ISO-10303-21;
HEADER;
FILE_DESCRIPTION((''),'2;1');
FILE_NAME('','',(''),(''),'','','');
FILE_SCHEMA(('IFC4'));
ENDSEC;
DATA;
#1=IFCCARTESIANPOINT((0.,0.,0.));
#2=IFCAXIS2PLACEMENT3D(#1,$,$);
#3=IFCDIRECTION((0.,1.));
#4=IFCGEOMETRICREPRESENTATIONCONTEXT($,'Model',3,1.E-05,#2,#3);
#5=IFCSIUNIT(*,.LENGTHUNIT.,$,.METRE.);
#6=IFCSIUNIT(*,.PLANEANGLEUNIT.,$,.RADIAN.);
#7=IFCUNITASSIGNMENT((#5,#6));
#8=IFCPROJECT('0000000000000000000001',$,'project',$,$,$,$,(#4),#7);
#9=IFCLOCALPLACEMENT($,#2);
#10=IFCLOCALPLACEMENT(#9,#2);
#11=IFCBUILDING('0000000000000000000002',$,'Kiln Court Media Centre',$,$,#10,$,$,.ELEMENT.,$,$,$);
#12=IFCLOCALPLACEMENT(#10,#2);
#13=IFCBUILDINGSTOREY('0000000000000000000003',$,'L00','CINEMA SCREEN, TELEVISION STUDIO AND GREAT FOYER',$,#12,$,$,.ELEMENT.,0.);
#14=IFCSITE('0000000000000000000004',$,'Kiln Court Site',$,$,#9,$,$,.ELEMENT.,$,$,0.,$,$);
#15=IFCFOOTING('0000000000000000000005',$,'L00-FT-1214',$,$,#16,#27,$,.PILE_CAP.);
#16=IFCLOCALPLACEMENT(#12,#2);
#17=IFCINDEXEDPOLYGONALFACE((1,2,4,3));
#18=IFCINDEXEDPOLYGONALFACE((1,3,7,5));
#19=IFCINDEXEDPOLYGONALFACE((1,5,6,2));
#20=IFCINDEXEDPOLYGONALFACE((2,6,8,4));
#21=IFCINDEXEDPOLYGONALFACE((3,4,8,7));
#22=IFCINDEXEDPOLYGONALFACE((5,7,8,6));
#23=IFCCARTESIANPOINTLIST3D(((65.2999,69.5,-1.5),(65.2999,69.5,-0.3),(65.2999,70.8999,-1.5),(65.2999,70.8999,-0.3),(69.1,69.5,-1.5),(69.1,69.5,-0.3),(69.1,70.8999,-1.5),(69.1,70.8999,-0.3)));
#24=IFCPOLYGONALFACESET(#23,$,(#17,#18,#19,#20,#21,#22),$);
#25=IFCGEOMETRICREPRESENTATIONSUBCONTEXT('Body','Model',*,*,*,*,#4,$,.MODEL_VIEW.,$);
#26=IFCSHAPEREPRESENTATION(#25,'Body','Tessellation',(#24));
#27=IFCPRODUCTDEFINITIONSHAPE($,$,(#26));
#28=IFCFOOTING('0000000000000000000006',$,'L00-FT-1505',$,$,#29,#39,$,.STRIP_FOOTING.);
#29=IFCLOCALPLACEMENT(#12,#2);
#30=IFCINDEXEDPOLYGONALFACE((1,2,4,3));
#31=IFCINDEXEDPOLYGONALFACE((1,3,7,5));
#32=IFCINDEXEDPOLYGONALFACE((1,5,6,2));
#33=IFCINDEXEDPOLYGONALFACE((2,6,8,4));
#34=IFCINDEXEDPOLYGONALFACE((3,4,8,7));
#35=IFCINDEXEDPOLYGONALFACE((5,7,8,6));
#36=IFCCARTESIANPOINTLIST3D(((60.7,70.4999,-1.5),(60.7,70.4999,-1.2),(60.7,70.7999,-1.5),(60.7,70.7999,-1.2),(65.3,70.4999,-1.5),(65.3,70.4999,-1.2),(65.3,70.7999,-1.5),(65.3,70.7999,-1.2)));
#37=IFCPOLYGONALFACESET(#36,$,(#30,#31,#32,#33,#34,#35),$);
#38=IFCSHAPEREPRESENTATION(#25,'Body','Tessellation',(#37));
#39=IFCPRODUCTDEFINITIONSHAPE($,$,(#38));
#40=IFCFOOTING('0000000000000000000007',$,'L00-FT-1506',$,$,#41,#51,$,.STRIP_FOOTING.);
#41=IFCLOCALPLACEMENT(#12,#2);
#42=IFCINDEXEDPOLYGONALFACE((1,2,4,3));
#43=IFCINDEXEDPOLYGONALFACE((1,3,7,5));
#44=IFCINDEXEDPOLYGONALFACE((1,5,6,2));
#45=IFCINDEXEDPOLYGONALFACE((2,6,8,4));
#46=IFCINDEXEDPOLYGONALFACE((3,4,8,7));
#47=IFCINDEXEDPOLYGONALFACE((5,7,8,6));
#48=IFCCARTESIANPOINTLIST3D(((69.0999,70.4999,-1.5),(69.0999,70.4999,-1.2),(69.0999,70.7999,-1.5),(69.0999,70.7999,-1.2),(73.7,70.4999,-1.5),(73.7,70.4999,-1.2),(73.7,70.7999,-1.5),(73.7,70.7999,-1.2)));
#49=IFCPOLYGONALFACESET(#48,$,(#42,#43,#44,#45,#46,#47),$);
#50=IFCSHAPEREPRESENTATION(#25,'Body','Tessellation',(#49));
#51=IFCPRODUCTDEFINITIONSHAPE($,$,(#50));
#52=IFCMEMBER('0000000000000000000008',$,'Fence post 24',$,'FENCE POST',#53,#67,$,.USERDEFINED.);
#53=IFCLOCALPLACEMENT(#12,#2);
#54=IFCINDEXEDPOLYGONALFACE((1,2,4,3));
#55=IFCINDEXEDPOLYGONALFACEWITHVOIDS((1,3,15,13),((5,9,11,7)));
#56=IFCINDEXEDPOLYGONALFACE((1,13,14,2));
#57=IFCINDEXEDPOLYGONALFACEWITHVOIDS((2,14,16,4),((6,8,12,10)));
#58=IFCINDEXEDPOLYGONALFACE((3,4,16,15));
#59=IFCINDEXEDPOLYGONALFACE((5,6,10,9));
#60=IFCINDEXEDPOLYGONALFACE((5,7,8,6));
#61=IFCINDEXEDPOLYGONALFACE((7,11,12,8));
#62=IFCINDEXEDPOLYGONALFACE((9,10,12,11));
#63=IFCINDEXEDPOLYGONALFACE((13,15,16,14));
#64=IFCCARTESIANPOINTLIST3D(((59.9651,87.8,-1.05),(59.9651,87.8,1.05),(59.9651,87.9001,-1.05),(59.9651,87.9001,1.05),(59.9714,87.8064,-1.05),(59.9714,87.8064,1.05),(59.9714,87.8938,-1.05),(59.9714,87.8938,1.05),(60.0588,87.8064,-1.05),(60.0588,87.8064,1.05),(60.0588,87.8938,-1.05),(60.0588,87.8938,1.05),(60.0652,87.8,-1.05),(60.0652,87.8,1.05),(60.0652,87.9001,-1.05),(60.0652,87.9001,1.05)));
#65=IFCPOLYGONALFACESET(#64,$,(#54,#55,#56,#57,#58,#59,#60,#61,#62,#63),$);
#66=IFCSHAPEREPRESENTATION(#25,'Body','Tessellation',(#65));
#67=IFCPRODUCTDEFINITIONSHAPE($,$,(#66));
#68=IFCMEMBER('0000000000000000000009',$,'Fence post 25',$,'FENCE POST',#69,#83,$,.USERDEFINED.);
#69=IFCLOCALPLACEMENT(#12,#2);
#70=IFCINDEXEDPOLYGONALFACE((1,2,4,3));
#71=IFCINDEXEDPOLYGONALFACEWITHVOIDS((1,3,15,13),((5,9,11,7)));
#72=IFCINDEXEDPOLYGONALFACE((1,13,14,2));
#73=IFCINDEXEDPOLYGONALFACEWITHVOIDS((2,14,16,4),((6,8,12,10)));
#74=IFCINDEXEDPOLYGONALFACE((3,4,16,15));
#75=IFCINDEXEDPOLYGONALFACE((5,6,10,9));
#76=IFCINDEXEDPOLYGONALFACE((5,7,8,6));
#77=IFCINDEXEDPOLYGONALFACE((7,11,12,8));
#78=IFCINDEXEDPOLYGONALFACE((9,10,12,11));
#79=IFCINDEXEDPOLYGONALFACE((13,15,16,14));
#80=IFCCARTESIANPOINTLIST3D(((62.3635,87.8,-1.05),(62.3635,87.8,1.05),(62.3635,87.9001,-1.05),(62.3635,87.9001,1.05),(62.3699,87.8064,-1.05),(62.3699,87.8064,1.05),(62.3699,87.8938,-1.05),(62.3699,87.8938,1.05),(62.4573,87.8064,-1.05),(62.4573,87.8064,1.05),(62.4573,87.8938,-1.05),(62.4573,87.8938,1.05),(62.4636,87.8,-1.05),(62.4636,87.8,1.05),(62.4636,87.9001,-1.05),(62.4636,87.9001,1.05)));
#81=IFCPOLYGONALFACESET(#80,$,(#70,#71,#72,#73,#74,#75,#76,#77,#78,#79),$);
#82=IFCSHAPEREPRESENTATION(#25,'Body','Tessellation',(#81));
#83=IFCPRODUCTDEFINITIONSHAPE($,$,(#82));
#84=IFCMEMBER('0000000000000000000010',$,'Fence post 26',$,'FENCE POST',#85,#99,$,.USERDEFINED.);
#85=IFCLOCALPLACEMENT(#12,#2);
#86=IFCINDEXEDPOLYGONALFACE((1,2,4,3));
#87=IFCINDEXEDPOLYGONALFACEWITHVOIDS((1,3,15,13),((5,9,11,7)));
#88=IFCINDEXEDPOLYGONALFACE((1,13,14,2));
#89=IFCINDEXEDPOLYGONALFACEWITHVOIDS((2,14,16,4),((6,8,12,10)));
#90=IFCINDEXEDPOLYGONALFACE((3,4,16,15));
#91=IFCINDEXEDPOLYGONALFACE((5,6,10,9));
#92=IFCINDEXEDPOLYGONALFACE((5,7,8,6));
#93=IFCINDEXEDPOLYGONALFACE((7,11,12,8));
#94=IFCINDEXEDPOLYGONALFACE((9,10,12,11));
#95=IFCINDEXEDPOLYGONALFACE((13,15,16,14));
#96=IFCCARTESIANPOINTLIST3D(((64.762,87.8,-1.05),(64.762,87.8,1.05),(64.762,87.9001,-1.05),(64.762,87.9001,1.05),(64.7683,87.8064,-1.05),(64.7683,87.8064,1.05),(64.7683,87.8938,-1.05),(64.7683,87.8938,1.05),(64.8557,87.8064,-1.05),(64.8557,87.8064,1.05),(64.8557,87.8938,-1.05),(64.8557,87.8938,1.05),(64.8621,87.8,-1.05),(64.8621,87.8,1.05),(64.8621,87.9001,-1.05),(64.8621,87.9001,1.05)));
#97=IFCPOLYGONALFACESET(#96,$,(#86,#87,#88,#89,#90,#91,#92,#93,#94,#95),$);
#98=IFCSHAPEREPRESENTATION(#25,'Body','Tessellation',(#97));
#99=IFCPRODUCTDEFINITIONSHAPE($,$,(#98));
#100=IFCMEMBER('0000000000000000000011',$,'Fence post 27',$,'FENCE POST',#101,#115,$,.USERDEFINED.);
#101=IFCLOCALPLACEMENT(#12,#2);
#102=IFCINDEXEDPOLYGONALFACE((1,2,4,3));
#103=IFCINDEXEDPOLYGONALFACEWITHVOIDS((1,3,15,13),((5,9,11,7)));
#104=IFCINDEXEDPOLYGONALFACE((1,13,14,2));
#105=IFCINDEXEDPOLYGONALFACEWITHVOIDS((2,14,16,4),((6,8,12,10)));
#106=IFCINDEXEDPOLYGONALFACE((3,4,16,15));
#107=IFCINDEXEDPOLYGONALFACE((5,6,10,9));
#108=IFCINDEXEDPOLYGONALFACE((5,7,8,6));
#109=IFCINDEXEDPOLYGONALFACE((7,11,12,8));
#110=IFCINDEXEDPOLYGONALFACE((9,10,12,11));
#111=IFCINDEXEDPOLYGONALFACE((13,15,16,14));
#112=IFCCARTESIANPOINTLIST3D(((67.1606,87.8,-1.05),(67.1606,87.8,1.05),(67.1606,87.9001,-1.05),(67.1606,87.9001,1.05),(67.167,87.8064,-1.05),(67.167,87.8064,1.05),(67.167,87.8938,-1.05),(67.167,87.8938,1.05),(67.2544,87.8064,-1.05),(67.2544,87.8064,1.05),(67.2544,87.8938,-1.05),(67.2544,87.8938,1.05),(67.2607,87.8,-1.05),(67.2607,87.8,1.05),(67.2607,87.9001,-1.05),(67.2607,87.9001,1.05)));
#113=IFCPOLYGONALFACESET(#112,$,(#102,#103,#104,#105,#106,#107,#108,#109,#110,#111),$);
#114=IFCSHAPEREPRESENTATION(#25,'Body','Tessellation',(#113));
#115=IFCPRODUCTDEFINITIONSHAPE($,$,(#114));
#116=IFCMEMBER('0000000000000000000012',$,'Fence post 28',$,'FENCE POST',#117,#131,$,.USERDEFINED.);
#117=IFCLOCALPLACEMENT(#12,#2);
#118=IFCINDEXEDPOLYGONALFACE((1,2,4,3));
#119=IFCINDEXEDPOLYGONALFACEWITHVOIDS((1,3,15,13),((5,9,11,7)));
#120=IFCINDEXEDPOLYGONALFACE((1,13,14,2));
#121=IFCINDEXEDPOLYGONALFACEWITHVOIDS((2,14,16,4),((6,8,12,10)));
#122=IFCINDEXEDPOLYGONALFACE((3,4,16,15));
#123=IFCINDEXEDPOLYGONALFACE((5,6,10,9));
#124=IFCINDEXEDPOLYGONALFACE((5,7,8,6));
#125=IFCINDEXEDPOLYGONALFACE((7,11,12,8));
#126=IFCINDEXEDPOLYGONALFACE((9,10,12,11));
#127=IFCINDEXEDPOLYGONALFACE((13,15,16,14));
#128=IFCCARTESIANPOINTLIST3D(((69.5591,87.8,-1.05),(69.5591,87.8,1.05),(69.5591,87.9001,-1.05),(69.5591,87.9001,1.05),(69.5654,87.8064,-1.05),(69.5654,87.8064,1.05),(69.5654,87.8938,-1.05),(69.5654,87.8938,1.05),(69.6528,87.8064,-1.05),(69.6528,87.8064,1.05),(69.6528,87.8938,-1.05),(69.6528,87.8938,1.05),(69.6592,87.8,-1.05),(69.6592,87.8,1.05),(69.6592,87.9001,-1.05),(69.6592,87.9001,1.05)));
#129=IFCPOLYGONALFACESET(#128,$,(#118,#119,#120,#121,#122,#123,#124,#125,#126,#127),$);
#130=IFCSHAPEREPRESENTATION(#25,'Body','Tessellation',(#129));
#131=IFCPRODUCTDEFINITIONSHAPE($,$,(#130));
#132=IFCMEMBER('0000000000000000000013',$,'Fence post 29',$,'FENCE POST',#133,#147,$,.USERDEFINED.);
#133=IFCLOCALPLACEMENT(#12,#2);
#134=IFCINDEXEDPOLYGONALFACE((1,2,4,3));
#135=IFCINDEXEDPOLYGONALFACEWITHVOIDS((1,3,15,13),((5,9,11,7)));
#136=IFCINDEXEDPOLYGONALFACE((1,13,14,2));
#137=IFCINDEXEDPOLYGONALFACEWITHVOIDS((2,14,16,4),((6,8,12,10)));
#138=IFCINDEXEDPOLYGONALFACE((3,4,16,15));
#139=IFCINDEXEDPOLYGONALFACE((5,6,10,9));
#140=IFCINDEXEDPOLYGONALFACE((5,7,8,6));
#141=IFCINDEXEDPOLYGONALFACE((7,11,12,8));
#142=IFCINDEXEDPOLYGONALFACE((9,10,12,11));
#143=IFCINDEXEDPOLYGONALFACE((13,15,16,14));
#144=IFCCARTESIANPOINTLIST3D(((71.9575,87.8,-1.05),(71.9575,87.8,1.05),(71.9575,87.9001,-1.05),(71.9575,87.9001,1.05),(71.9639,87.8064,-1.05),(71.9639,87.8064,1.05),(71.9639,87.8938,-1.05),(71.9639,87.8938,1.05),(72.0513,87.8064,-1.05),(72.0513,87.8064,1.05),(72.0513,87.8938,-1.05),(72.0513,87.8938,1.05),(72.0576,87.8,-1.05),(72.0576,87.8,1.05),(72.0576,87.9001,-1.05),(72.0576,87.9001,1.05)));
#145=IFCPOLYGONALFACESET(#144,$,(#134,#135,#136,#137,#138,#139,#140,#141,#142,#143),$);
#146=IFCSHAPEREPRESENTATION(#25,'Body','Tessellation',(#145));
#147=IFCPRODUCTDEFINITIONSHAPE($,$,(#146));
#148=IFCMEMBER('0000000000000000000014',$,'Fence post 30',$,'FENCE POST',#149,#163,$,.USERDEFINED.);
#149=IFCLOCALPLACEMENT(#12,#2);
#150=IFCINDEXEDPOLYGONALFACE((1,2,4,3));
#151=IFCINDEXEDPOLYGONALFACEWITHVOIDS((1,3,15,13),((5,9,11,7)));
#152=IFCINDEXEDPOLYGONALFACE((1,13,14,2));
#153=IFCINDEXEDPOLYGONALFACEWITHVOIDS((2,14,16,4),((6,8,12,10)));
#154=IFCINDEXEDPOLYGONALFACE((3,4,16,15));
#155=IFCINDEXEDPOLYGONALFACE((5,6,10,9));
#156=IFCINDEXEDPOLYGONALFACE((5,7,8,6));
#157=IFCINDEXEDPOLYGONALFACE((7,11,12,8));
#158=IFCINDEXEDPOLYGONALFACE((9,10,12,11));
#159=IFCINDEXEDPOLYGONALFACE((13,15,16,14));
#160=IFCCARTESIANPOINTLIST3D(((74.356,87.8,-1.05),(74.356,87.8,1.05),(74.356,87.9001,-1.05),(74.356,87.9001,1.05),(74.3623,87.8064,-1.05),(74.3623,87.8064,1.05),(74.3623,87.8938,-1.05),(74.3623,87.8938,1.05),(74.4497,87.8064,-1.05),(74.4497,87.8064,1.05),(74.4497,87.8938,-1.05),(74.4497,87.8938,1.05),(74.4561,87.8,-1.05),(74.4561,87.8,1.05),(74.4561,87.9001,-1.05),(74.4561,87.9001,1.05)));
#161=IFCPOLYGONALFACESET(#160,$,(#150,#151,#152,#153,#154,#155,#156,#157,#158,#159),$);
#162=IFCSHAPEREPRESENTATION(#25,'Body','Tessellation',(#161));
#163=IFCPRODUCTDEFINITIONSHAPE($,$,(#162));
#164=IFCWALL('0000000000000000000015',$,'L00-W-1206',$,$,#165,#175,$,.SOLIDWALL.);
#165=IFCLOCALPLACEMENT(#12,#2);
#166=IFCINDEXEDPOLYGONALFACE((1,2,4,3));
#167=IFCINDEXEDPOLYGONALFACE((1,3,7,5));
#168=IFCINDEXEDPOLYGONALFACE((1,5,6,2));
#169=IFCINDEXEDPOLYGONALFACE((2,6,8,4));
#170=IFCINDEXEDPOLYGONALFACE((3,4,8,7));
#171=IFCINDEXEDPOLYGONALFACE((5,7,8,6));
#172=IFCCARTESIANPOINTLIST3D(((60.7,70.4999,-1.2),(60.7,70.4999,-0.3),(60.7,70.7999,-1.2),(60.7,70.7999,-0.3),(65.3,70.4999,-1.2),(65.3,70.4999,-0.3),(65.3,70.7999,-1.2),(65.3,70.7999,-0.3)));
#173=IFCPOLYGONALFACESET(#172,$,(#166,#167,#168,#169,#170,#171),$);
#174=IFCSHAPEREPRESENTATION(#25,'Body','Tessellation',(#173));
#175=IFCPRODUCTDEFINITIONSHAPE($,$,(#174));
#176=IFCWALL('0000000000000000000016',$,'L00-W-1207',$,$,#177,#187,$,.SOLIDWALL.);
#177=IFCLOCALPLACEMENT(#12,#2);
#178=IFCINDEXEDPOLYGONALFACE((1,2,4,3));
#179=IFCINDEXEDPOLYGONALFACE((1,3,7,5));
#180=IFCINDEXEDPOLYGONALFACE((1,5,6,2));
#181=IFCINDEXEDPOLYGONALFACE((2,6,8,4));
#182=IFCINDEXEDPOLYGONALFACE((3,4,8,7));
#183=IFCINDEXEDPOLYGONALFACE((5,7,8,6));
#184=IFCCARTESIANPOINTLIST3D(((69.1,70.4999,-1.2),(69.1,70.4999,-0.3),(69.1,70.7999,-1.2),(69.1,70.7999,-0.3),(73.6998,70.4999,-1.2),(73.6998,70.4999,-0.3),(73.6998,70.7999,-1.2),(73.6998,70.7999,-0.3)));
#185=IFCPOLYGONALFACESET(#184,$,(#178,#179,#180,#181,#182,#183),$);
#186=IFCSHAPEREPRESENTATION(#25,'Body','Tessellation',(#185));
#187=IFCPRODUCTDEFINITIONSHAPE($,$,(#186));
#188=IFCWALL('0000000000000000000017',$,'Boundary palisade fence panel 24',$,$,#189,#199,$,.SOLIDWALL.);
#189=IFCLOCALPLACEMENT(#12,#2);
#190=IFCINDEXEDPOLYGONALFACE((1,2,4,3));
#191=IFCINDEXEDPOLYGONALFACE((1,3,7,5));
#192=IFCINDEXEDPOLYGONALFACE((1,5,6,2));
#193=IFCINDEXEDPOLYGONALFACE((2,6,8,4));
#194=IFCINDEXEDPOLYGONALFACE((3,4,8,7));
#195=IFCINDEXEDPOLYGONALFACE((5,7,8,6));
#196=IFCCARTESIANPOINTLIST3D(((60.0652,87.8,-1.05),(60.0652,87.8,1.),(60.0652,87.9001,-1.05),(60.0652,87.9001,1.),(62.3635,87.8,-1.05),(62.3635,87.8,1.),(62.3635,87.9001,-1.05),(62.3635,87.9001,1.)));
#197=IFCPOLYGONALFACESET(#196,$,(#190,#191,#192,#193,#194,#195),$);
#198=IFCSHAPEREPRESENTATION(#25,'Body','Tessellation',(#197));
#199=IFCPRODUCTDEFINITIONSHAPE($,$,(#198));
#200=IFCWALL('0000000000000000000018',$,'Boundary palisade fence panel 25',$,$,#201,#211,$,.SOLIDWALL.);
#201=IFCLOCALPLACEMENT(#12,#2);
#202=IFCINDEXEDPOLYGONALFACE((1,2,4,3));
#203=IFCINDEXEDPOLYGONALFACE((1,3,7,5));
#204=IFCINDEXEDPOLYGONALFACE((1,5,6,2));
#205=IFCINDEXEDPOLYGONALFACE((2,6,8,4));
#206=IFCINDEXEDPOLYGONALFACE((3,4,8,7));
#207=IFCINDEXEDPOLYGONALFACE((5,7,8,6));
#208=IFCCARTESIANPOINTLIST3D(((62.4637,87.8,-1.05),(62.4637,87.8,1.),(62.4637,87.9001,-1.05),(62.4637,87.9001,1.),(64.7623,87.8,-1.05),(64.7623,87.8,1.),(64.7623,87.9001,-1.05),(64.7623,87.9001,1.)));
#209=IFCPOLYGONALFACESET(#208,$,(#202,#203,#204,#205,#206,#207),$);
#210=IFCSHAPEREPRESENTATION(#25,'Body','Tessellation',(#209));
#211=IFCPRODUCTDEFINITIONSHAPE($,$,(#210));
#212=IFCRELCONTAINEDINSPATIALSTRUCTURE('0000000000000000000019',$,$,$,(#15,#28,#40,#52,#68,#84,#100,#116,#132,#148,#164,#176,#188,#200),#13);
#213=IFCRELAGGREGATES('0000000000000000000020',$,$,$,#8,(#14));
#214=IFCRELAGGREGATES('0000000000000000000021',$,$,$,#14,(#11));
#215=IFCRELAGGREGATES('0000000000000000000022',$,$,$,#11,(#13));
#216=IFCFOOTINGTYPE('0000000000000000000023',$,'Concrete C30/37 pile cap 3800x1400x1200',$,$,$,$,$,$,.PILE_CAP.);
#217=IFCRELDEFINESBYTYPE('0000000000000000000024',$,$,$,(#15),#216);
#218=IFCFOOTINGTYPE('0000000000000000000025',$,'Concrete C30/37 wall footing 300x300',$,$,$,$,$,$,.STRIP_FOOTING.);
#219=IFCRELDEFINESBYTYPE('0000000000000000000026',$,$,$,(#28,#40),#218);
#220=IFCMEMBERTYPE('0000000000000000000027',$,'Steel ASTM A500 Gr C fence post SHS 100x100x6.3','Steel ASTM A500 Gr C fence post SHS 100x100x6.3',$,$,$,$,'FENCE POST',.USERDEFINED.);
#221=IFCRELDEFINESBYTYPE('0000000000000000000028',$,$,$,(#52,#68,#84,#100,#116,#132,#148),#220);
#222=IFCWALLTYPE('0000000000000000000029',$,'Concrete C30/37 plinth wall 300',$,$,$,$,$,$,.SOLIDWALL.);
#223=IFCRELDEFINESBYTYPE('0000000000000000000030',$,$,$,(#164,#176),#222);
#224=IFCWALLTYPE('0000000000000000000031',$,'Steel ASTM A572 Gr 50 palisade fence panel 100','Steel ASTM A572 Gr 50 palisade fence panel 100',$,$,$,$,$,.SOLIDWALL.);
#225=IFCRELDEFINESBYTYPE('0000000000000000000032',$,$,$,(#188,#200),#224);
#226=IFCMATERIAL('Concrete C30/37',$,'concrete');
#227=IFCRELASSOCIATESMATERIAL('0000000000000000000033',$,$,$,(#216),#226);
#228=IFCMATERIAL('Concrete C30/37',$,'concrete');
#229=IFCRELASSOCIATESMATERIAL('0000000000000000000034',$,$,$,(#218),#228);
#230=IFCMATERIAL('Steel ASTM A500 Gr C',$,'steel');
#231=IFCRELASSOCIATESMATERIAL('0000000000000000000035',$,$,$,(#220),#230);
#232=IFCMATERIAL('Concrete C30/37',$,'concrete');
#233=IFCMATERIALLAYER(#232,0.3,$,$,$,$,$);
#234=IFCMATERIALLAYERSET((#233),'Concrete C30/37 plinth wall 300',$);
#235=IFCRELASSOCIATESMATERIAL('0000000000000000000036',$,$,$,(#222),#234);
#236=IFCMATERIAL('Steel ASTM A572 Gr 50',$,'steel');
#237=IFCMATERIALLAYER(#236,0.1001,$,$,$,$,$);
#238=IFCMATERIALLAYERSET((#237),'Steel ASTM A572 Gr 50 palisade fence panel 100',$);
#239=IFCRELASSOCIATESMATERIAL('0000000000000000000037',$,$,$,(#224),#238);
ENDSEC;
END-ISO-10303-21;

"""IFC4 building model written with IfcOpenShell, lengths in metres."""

from ifc_helpers import new_model, si_unit, direction, frame, frame_2d, origin, origin_2d, place, context, subcontext, project, spatial, rectangle, hollow_rectangle, extrude, material, layer, layer_set, material_profile, profile_set, type_object, element, save


model = new_model("IFC4")

# Units and contexts
model_context = context("Model", 3, precision=1e-05, world=origin(), true_north=direction((0.0, 1.0)))
body_context = subcontext(model_context, "Body", "Model", "MODEL_VIEW")
ifc_project = project(units=[si_unit("LENGTHUNIT", "METRE"), si_unit("PLANEANGLEUNIT", "RADIAN")], contexts=[model_context])

# Site, building, storey
site_placement = place(None, origin())
site = spatial("IfcSite", under=ifc_project, at=site_placement, Name="Kiln Court Site", CompositionType="ELEMENT", RefElevation=0.0)
building_placement = place(site_placement, origin())
building = spatial("IfcBuilding", under=site, at=building_placement, Name="Kiln Court Media Centre", CompositionType="ELEMENT")
storey_placement = place(building_placement, origin())
storey = spatial("IfcBuildingStorey", under=building, at=storey_placement, Name="L00", Description="CINEMA SCREEN, TELEVISION STUDIO AND GREAT FOYER", CompositionType="ELEMENT", Elevation=0.0)

# Footings
ifc_material_1 = material(Name="Concrete C30/37", Category="concrete")
footing_type_1 = type_object("IfcFootingType", Name="Concrete C30/37 pile cap 3800x1400x1200", PredefinedType="PILE_CAP", material=ifc_material_1)
for number, where, z_axis, x_axis, name in (
    (1, (67.2, 70.2, -1.5), (0.0, 0.0, 1.0), (1.0, 0.0, 0.0), "L00-FT-1214"),
):
    element("IfcFooting", number, at=place(storey_placement, frame(where, z_axis=z_axis, x_axis=x_axis)), inside=storey, type_object=footing_type_1, Name=name, PredefinedType="PILE_CAP", context=body_context, shape_type="SweptSolid", body=[
        extrude(rectangle(XDim=3.8, YDim=1.3999, at=origin_2d()), origin(), (0.0, 0.0, 1.0), 1.2),
    ])
ifc_material_2 = material(Name="Concrete C30/37", Category="concrete")
footing_type_2 = type_object("IfcFootingType", Name="Concrete C30/37 wall footing 300x300", PredefinedType="STRIP_FOOTING", material=ifc_material_2)
for number, where, z_axis, x_axis, name in (
    (2, (63.0, 70.6499, -1.5), (0.0, 0.0, 1.0), (1.0, 0.0, 0.0), "L00-FT-1505"),
    (3, (71.3999, 70.6499, -1.5), (0.0, 0.0, 1.0), (1.0, 0.0, 0.0), "L00-FT-1506"),
):
    element("IfcFooting", number, at=place(storey_placement, frame(where, z_axis=z_axis, x_axis=x_axis)), inside=storey, type_object=footing_type_2, Name=name, PredefinedType="STRIP_FOOTING", context=body_context, shape_type="SweptSolid", body=[
        extrude(rectangle(XDim=4.6001, YDim=0.3, at=origin_2d()), origin(), (0.0, 0.0, 1.0), 0.3),
    ])

# Members
ifc_material_3 = material(Name="Steel ASTM A500 Gr C", Category="steel")
ifc_material_profile_1 = material_profile(ifc_material_3, hollow_rectangle(XDim=0.1001, YDim=0.1001, WallThickness=0.0063, at=origin_2d()), Name="SHS 100x100x6.3")
ifc_profile_set_1 = profile_set([ifc_material_profile_1], Name="Steel ASTM A500 Gr C")
member_type = type_object("IfcMemberType", Name="Steel ASTM A500 Gr C fence post SHS 100x100x6.3", Description="Steel ASTM A500 Gr C fence post SHS 100x100x6.3", ElementType="FENCE POST", PredefinedType="USERDEFINED", material=ifc_profile_set_1)
for number, where, z_axis, x_axis, name in (
    (4, (60.0151, 87.8501, -1.05), (0.0, 0.0, 1.0), (1.0, 0.0, 0.0), "Fence post 24"),
    (5, (62.4136, 87.8501, -1.05), (0.0, 0.0, 1.0), (1.0, 0.0, 0.0), "Fence post 25"),
    (6, (64.812, 87.8501, -1.05), (0.0, 0.0, 1.0), (1.0, 0.0, 0.0), "Fence post 26"),
    (7, (67.2107, 87.8501, -1.05), (0.0, 0.0, 1.0), (1.0, 0.0, 0.0), "Fence post 27"),
    (8, (69.6091, 87.8501, -1.05), (0.0, 0.0, 1.0), (1.0, 0.0, 0.0), "Fence post 28"),
    (9, (72.0076, 87.8501, -1.05), (0.0, 0.0, 1.0), (1.0, 0.0, 0.0), "Fence post 29"),
    (10, (74.406, 87.8501, -1.05), (0.0, 0.0, 1.0), (1.0, 0.0, 0.0), "Fence post 30"),
):
    element("IfcMember", number, at=place(storey_placement, frame(where, z_axis=z_axis, x_axis=x_axis)), inside=storey, type_object=member_type, Name=name, ObjectType="FENCE POST", PredefinedType="USERDEFINED", context=body_context, shape_type="SweptSolid", body=[
        extrude(hollow_rectangle(XDim=0.1001, YDim=0.1001, WallThickness=0.0063, at=origin_2d()), origin(), (0.0, 0.0, 1.0), 2.1001),
    ])

# Walls
ifc_material_4 = material(Name="Concrete C30/37", Category="concrete")
ifc_layer_1 = layer(ifc_material_4, 0.3)
ifc_layer_set_1 = layer_set([ifc_layer_1], Name="Concrete C30/37 plinth wall 300")
wall_type_1 = type_object("IfcWallType", Name="Concrete C30/37 plinth wall 300", PredefinedType="SOLIDWALL", material=ifc_layer_set_1)
wall_1_placement = place(storey_placement, frame((60.7, 70.6499, -1.2), z_axis=(0.0, 0.0, 1.0), x_axis=(1.0, 0.0, 0.0)))
element("IfcWall", 11, at=wall_1_placement, inside=storey, type_object=wall_type_1, Name="L00-W-1206", PredefinedType="SOLIDWALL", context=body_context, shape_type="SweptSolid", body=[
    extrude(rectangle(XDim=4.6001, YDim=0.3, at=frame_2d((2.3, 0.0))), origin(), (0.0, 0.0, 1.0), 0.8999),
])
wall_2_placement = place(storey_placement, frame((69.1001, 70.6499, -1.2), z_axis=(0.0, 0.0, 1.0), x_axis=(1.0, 0.0, 0.0)))
element("IfcWall", 12, at=wall_2_placement, inside=storey, type_object=wall_type_1, Name="L00-W-1207", PredefinedType="SOLIDWALL", context=body_context, shape_type="SweptSolid", body=[
    extrude(rectangle(XDim=4.5999, YDim=0.3, at=frame_2d((2.2998, 0.0))), origin(), (0.0, 0.0, 1.0), 0.8999),
])
ifc_material_5 = material(Name="Steel ASTM A572 Gr 50", Category="steel")
ifc_layer_2 = layer(ifc_material_5, 0.1001)
ifc_layer_set_2 = layer_set([ifc_layer_2], Name="Steel ASTM A572 Gr 50 palisade fence panel 100")
wall_type_2 = type_object("IfcWallType", Name="Steel ASTM A572 Gr 50 palisade fence panel 100", Description="Steel ASTM A572 Gr 50 palisade fence panel 100", PredefinedType="SOLIDWALL", material=ifc_layer_set_2)
wall_3_placement = place(storey_placement, frame((60.0652, 87.8501, -1.05), z_axis=(0.0, 0.0, 1.0), x_axis=(1.0, 0.0, 0.0)))
element("IfcWall", 13, at=wall_3_placement, inside=storey, type_object=wall_type_2, Name="Boundary palisade fence panel 24", PredefinedType="SOLIDWALL", context=body_context, shape_type="SweptSolid", body=[
    extrude(rectangle(XDim=2.2983, YDim=0.1001, at=frame_2d((1.1492, 0.0))), origin(), (0.0, 0.0, 1.0), 2.05),
])
for number, where, z_axis, x_axis, name in (
    (14, (62.4636, 87.8501, -1.05), (0.0, 0.0, 1.0), (1.0, 0.0, 0.0), "Boundary palisade fence panel 25"),
):
    element("IfcWall", number, at=place(storey_placement, frame(where, z_axis=z_axis, x_axis=x_axis)), inside=storey, type_object=wall_type_2, Name=name, PredefinedType="SOLIDWALL", context=body_context, shape_type="SweptSolid", body=[
        extrude(rectangle(XDim=2.2986, YDim=0.1001, at=frame_2d((1.1494, 0.0))), origin(), (0.0, 0.0, 1.0), 2.05),
    ])

save(model, "model.ifc")
